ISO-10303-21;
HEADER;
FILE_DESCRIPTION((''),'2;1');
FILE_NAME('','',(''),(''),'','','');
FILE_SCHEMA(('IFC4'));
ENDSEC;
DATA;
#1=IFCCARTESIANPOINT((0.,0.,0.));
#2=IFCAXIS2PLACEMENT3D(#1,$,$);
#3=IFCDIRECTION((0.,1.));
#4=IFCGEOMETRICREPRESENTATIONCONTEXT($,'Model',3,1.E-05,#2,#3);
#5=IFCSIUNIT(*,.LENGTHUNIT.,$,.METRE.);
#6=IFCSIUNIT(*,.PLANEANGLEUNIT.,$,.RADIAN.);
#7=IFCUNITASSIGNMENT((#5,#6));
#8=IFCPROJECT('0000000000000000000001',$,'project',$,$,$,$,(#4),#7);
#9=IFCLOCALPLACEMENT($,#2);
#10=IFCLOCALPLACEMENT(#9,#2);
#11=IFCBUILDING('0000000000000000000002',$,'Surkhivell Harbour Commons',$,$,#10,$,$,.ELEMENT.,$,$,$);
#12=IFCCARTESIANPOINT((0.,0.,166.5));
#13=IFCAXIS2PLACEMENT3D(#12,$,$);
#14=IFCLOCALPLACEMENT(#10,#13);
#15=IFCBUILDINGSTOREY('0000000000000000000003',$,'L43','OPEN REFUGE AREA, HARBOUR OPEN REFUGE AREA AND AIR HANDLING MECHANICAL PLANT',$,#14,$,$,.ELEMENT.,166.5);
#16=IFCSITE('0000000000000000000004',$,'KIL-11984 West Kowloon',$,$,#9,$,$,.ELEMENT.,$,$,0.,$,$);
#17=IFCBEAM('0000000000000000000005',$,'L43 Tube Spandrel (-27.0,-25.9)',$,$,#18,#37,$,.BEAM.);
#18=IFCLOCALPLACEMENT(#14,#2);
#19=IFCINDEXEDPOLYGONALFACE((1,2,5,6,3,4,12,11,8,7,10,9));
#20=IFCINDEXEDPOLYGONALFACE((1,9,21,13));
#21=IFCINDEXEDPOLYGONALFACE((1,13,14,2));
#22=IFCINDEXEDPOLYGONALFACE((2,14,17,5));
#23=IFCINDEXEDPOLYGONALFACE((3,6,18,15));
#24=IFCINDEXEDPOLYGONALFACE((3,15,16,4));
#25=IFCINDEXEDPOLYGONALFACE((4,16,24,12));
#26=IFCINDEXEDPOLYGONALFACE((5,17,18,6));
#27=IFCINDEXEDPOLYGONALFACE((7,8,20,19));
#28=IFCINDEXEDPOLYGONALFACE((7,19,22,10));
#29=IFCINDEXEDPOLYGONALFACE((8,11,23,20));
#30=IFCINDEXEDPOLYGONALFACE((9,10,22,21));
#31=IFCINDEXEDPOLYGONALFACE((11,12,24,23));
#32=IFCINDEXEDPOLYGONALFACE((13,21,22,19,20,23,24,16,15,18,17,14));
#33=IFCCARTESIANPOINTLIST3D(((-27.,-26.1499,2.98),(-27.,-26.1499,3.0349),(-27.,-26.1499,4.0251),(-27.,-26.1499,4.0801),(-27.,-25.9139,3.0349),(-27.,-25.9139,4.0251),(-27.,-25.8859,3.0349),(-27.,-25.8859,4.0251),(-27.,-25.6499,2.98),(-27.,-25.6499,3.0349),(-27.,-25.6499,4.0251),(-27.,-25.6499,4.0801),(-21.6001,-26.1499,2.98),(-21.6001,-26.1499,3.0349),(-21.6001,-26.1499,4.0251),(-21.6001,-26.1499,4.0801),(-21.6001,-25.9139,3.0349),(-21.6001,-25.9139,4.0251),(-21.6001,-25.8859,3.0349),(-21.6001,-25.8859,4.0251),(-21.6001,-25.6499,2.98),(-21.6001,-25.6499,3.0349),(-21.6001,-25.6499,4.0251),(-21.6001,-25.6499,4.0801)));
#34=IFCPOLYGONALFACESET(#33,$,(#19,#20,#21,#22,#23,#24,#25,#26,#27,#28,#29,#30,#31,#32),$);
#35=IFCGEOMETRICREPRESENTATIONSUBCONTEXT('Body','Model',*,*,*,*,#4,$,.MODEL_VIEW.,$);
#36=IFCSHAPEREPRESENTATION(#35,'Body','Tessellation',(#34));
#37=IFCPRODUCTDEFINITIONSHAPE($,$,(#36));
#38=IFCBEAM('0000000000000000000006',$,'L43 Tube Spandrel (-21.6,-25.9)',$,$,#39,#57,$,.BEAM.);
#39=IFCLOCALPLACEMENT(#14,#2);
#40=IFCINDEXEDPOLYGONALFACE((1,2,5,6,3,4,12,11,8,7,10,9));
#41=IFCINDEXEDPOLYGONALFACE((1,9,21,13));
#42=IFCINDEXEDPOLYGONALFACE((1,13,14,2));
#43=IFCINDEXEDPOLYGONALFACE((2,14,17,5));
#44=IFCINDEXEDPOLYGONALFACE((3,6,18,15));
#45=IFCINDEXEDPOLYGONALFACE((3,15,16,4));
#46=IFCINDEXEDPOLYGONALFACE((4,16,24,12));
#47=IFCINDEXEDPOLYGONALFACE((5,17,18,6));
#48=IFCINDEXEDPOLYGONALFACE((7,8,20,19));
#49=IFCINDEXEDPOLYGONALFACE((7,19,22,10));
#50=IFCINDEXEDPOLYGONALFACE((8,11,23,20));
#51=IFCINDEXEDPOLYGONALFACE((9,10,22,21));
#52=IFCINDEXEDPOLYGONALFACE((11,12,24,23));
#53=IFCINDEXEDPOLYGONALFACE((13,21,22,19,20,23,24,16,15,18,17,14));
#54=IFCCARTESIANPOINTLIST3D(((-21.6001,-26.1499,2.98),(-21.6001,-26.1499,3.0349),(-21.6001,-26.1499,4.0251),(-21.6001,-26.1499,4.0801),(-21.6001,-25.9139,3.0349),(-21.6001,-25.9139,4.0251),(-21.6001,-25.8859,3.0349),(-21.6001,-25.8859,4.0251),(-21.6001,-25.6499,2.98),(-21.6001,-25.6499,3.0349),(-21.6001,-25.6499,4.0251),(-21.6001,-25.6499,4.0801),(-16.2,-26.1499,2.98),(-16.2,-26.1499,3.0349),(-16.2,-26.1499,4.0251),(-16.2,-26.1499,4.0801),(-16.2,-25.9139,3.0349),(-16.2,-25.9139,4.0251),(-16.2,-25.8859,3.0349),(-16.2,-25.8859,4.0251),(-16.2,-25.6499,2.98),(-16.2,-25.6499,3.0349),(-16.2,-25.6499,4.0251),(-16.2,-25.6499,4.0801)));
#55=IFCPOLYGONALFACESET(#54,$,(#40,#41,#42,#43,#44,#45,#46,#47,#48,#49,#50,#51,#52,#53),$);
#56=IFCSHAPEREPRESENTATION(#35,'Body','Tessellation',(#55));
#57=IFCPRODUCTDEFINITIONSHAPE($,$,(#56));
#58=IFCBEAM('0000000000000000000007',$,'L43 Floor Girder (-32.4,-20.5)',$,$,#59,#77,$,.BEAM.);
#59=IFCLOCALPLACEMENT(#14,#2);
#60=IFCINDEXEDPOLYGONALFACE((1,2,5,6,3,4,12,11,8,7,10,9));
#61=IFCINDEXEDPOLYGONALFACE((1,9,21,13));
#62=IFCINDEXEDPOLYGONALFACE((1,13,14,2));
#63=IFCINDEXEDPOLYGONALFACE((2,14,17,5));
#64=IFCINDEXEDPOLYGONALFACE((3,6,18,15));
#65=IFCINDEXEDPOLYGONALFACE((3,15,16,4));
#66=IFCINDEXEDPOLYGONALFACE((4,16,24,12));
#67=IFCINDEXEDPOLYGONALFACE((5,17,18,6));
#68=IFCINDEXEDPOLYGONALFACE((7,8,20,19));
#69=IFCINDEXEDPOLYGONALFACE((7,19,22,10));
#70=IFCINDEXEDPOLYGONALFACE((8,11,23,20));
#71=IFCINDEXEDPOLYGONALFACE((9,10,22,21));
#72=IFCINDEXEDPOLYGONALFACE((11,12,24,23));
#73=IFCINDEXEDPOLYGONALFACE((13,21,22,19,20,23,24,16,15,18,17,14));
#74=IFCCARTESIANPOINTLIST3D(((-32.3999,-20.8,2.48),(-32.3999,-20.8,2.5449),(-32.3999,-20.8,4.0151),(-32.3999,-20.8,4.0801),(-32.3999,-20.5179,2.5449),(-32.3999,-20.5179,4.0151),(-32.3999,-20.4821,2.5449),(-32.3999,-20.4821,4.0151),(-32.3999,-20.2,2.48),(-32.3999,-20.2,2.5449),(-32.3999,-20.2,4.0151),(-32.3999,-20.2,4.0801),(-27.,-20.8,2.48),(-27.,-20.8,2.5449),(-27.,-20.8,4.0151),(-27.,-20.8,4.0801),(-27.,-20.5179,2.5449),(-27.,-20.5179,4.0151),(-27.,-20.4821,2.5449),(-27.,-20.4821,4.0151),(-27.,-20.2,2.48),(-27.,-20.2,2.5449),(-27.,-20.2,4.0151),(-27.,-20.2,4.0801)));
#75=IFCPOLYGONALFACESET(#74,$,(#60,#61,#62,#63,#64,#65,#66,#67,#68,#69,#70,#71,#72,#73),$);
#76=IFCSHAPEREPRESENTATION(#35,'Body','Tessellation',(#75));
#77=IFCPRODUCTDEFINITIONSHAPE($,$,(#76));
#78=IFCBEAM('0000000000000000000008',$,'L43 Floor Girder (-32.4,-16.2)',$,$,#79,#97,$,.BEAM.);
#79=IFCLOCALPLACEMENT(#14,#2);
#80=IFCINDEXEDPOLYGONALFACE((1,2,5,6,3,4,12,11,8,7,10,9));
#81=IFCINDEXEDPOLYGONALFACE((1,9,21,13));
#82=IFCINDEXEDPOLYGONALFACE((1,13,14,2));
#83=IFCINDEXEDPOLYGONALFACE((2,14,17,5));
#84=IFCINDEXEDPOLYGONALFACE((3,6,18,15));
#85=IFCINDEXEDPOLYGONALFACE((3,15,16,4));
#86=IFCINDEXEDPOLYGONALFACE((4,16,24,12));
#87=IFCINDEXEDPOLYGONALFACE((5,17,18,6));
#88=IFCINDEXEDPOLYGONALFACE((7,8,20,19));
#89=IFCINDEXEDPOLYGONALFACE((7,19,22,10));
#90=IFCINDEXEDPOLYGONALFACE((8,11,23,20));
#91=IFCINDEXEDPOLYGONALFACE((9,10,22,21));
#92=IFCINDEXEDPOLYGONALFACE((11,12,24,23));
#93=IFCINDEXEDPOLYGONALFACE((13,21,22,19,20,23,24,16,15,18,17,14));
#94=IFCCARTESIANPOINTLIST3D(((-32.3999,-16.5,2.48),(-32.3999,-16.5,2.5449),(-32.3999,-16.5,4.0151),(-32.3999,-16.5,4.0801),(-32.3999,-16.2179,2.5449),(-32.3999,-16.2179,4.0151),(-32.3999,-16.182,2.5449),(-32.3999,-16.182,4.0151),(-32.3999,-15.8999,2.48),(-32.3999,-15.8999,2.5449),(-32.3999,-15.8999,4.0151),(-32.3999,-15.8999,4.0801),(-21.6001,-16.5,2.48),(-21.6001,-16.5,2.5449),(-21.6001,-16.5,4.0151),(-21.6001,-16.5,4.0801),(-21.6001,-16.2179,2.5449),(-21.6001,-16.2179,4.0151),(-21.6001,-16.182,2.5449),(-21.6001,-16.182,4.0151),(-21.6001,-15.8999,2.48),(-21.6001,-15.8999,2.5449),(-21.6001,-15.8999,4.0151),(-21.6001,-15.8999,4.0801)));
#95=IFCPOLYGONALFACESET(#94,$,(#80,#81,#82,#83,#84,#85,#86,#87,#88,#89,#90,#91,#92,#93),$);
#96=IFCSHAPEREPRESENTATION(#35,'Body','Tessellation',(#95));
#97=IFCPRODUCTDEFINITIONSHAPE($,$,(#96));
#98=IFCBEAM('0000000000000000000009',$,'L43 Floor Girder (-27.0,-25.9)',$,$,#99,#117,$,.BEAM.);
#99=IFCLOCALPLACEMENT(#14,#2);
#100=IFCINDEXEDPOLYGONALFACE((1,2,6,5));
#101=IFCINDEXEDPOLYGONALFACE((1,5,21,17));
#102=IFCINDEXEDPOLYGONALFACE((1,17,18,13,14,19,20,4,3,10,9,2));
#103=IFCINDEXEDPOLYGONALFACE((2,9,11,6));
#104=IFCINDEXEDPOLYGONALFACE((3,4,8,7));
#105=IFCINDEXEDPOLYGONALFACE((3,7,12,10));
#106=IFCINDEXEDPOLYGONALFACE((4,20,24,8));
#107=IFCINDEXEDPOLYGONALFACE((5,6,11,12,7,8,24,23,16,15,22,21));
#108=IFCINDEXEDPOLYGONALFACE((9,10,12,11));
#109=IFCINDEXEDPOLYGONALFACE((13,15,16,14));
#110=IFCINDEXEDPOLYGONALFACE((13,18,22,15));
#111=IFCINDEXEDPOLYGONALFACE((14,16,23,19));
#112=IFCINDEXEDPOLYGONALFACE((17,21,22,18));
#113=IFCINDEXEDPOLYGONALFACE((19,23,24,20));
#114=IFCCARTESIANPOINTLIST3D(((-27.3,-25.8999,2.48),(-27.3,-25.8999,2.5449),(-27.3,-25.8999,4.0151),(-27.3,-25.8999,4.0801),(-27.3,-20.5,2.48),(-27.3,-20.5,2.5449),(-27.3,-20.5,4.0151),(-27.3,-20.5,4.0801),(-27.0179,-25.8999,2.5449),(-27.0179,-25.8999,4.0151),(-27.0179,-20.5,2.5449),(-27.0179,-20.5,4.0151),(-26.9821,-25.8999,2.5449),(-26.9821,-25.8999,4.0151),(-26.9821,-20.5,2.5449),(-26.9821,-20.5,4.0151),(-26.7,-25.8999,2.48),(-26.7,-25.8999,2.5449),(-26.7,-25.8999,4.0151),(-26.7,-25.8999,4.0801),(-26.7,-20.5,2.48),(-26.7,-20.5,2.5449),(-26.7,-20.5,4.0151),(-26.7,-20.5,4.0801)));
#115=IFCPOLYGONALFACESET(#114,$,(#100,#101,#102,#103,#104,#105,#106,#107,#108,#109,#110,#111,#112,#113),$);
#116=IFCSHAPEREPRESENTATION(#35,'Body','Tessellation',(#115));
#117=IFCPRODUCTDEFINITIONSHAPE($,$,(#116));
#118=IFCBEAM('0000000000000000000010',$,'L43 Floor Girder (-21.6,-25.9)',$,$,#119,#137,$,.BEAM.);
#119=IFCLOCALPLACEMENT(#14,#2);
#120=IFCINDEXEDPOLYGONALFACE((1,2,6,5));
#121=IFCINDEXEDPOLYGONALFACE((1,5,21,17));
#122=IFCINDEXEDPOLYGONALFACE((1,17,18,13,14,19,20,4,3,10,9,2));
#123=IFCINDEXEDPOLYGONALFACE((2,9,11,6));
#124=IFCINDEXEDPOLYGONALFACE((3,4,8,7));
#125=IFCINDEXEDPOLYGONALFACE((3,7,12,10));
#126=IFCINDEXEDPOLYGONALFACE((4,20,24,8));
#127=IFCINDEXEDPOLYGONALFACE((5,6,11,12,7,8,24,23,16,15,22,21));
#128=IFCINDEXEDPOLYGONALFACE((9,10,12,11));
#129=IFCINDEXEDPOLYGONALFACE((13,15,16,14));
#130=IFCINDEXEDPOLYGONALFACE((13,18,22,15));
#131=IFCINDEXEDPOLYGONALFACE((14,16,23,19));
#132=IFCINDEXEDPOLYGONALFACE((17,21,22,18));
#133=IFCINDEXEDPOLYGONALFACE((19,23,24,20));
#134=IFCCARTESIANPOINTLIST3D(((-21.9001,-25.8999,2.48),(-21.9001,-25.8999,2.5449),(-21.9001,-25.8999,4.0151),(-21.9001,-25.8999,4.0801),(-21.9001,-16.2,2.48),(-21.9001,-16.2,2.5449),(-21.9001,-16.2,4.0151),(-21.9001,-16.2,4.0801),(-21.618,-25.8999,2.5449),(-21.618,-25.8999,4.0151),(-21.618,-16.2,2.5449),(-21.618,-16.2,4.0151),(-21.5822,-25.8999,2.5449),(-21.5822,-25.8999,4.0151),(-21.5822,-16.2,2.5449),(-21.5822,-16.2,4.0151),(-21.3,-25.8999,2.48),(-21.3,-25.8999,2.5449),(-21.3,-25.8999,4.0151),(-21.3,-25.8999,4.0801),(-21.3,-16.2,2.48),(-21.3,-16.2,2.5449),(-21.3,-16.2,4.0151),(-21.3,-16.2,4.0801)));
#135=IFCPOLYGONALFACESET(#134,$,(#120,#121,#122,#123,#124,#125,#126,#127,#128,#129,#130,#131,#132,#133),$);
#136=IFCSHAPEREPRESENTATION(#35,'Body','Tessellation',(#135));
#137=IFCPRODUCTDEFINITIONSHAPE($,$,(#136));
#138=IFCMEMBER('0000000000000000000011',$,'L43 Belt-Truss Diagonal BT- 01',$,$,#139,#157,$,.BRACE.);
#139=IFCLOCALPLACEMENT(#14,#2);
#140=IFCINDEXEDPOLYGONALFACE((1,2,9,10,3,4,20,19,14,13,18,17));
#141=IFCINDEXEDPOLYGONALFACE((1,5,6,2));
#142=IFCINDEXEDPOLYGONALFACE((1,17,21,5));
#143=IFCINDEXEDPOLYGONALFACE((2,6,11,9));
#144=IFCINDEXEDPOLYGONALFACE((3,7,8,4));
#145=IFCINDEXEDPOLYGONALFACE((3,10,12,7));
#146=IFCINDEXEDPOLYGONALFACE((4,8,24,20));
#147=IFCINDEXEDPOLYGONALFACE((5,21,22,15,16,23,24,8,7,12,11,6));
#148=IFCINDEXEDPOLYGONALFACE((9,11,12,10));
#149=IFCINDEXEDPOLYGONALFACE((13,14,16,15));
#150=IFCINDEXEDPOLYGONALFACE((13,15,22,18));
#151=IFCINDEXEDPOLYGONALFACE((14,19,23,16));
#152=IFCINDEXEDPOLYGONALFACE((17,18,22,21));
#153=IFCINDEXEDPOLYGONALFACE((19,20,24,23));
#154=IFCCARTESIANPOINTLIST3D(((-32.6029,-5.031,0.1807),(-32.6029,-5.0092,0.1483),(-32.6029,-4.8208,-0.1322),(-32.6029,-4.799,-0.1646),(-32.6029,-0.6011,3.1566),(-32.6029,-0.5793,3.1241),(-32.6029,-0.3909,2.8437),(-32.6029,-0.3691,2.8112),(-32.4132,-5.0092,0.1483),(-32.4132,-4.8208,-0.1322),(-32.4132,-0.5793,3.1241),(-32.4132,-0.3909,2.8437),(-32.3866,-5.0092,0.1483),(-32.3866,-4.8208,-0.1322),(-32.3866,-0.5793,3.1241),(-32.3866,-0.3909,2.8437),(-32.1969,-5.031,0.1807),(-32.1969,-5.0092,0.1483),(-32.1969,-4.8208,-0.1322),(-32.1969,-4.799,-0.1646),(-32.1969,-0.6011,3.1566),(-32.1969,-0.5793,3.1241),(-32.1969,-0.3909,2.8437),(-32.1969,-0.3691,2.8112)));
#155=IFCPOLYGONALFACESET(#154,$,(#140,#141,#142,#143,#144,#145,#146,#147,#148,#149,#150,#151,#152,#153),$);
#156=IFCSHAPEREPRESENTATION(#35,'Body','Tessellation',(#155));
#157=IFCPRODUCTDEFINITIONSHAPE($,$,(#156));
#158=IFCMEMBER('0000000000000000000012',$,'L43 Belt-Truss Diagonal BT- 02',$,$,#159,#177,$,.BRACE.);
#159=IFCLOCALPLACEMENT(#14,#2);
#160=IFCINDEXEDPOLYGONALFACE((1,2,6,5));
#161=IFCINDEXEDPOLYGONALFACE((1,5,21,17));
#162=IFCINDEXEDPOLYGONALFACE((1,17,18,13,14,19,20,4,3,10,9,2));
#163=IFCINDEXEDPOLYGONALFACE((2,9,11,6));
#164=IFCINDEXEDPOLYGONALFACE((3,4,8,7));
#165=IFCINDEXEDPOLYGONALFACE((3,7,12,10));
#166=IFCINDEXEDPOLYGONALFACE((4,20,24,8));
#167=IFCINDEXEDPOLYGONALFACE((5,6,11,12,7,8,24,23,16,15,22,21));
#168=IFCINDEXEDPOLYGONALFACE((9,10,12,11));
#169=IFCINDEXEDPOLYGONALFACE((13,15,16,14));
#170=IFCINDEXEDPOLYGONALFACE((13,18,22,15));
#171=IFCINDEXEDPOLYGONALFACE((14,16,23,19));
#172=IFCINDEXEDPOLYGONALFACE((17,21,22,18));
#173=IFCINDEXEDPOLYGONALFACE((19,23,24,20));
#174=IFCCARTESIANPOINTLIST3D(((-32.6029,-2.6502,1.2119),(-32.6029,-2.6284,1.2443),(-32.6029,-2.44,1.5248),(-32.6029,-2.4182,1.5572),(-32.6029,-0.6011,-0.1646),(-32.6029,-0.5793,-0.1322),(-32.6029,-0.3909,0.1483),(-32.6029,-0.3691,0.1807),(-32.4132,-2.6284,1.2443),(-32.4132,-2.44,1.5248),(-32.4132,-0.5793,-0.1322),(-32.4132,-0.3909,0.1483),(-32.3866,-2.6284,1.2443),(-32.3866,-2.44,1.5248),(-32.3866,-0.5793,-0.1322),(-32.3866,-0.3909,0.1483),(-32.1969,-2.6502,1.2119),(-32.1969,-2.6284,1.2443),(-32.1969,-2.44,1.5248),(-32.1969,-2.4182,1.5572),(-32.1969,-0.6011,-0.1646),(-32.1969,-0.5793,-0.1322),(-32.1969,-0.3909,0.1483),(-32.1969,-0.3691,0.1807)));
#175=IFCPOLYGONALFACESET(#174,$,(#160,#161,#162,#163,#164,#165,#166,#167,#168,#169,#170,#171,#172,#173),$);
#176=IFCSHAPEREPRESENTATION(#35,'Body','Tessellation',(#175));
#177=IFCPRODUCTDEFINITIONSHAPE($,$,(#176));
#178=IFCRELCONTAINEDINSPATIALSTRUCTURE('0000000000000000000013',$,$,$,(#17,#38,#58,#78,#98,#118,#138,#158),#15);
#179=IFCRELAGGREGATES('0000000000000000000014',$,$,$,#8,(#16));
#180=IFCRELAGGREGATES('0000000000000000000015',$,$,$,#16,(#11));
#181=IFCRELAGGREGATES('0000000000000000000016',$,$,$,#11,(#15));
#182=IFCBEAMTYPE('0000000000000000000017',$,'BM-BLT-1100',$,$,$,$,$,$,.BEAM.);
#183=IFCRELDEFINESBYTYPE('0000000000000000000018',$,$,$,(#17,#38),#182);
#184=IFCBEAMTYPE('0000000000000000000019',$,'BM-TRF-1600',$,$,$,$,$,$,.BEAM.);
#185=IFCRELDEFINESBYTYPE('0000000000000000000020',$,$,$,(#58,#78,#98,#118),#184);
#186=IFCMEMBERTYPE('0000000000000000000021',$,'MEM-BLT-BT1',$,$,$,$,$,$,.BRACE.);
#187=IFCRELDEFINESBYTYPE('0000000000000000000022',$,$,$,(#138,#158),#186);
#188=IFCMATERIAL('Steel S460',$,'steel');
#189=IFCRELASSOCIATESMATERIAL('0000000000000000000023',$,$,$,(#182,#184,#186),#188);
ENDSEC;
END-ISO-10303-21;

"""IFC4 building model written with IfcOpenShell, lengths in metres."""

from ifc_helpers import new_model, si_unit, direction, frame, origin, origin_2d, place, context, subcontext, project, spatial, i_section, extrude, material, material_profile, profile_set, type_object, element, save


model = new_model("IFC4")

# Units and contexts
model_context = context("Model", 3, precision=1e-05, world=origin(), true_north=direction((0.0, 1.0)))
body_context = subcontext(model_context, "Body", "Model", "MODEL_VIEW")
ifc_project = project(units=[si_unit("LENGTHUNIT", "METRE"), si_unit("PLANEANGLEUNIT", "RADIAN")], contexts=[model_context])

# Site, building, storey
site_placement = place(None, origin())
site = spatial("IfcSite", under=ifc_project, at=site_placement, Name="KIL-11984 West Kowloon", CompositionType="ELEMENT", RefElevation=0.0)
building_placement = place(site_placement, origin())
building = spatial("IfcBuilding", under=site, at=building_placement, Name="Surkhivell Harbour Commons", CompositionType="ELEMENT")
storey_placement = place(building_placement, frame((0.0, 0.0, 166.5)))
storey = spatial("IfcBuildingStorey", under=building, at=storey_placement, Name="L43", Description="OPEN REFUGE AREA, HARBOUR OPEN REFUGE AREA AND AIR HANDLING MECHANICAL PLANT", CompositionType="ELEMENT", Elevation=166.5)

# Beams
ifc_material_1 = material(Name="Steel S460", Category="steel")
ifc_material_profile_1 = material_profile(ifc_material_1, i_section(OverallWidth=0.5, OverallDepth=1.1001, WebThickness=0.0281, FlangeThickness=0.0549, at=origin_2d()), Name="WPG1100x500x210")
ifc_profile_set_1 = profile_set([ifc_material_profile_1], Name="Steel S460")
beam_type_1 = type_object("IfcBeamType", Name="BM-BLT-1100", PredefinedType="BEAM", material=ifc_profile_set_1)
for number, where, z_axis, x_axis, name in (
    (1, (-27.0, -25.8999, 3.53), (1.0, 0.0, 0.0), (0.0, 1.0, 0.0), "L43 Tube Spandrel (-27.0,-25.9)"),
):
    element("IfcBeam", number, at=place(storey_placement, frame(where, z_axis=z_axis, x_axis=x_axis)), inside=storey, type_object=beam_type_1, Name=name, PredefinedType="BEAM", context=body_context, shape_type="SweptSolid", body=[
        extrude(i_section(OverallWidth=0.5, OverallDepth=1.1001, WebThickness=0.0281, FlangeThickness=0.0549, at=origin_2d()), origin(), (0.0, 0.0, 1.0), 5.3999),
    ])
beam_1_placement = place(storey_placement, frame((-21.6001, -25.8999, 3.53), z_axis=(1.0, 0.0, 0.0), x_axis=(0.0, 1.0, 0.0)))
element("IfcBeam", 2, at=beam_1_placement, inside=storey, type_object=beam_type_1, Name="L43 Tube Spandrel (-21.6,-25.9)", PredefinedType="BEAM", context=body_context, shape_type="SweptSolid", body=[
    extrude(i_section(OverallWidth=0.5, OverallDepth=1.1001, WebThickness=0.0281, FlangeThickness=0.0549, at=origin_2d()), origin(), (0.0, 0.0, 1.0), 5.4001),
])
ifc_material_profile_2 = material_profile(ifc_material_1, i_section(OverallWidth=0.6001, OverallDepth=1.6001, WebThickness=0.0359, FlangeThickness=0.0649, at=origin_2d()), Name="WPG1600x600x296")
ifc_profile_set_2 = profile_set([ifc_material_profile_2], Name="Steel S460")
beam_type_2 = type_object("IfcBeamType", Name="BM-TRF-1600", PredefinedType="BEAM", material=ifc_profile_set_2)
beam_2_placement = place(storey_placement, frame((-32.3999, -20.5, 3.28), z_axis=(1.0, 0.0, 0.0), x_axis=(0.0, 1.0, 0.0)))
element("IfcBeam", 3, at=beam_2_placement, inside=storey, type_object=beam_type_2, Name="L43 Floor Girder (-32.4,-20.5)", PredefinedType="BEAM", context=body_context, shape_type="SweptSolid", body=[
    extrude(i_section(OverallWidth=0.6001, OverallDepth=1.6001, WebThickness=0.0359, FlangeThickness=0.0649, at=origin_2d()), origin(), (0.0, 0.0, 1.0), 5.3999),
])
beam_3_placement = place(storey_placement, frame((-32.3999, -16.2, 3.28), z_axis=(1.0, 0.0, 0.0), x_axis=(0.0, 1.0, 0.0)))
element("IfcBeam", 4, at=beam_3_placement, inside=storey, type_object=beam_type_2, Name="L43 Floor Girder (-32.4,-16.2)", PredefinedType="BEAM", context=body_context, shape_type="SweptSolid", body=[
    extrude(i_section(OverallWidth=0.6001, OverallDepth=1.6001, WebThickness=0.0359, FlangeThickness=0.0649, at=origin_2d()), origin(), (0.0, 0.0, 1.0), 10.7998),
])
beam_4_placement = place(storey_placement, frame((-27.0, -25.8999, 3.28), z_axis=(0.0, 1.0, 0.0), x_axis=(-1.0, 0.0, 0.0)))
element("IfcBeam", 5, at=beam_4_placement, inside=storey, type_object=beam_type_2, Name="L43 Floor Girder (-27.0,-25.9)", PredefinedType="BEAM", context=body_context, shape_type="SweptSolid", body=[
    extrude(i_section(OverallWidth=0.6001, OverallDepth=1.6001, WebThickness=0.0359, FlangeThickness=0.0649, at=origin_2d()), origin(), (0.0, 0.0, 1.0), 5.3999),
])
beam_5_placement = place(storey_placement, frame((-21.6001, -25.8999, 3.28), z_axis=(0.0, 1.0, 0.0), x_axis=(-1.0, 0.0, 0.0)))
element("IfcBeam", 6, at=beam_5_placement, inside=storey, type_object=beam_type_2, Name="L43 Floor Girder (-21.6,-25.9)", PredefinedType="BEAM", context=body_context, shape_type="SweptSolid", body=[
    extrude(i_section(OverallWidth=0.6001, OverallDepth=1.6001, WebThickness=0.0359, FlangeThickness=0.0649, at=origin_2d()), origin(), (0.0, 0.0, 1.0), 9.7),
])

# Members
ifc_material_profile_3 = material_profile(ifc_material_1, i_section(OverallWidth=0.406, OverallDepth=0.416, WebThickness=0.0266, FlangeThickness=0.0391, at=origin_2d()), Name="HD400x382")
ifc_profile_set_3 = profile_set([ifc_material_profile_3], Name="Steel S460")
member_type = type_object("IfcMemberType", Name="MEM-BLT-BT1", PredefinedType="BRACE", material=ifc_profile_set_3)
member_1_placement = place(storey_placement, frame((-32.3999, -4.915, 0.0081), z_axis=(0.0, 0.830096, 0.557621), x_axis=(-1.0, 0.0, 0.0)))
element("IfcMember", 7, at=member_1_placement, inside=storey, type_object=member_type, Name="L43 Belt-Truss Diagonal BT- 01", PredefinedType="BRACE", context=body_context, shape_type="SweptSolid", body=[
    extrude(i_section(OverallWidth=0.406, OverallDepth=0.416, WebThickness=0.0266, FlangeThickness=0.0391, at=origin_2d()), origin(), (0.0, 0.0, 1.0), 5.3367),
])
member_2_placement = place(storey_placement, frame((-32.3999, -0.4851, 0.0081), z_axis=(0.0, -0.830098, 0.557618), x_axis=(1.0, 0.0, 0.0)))
element("IfcMember", 8, at=member_2_placement, inside=storey, type_object=member_type, Name="L43 Belt-Truss Diagonal BT- 02", PredefinedType="BRACE", context=body_context, shape_type="SweptSolid", body=[
    extrude(i_section(OverallWidth=0.406, OverallDepth=0.416, WebThickness=0.0266, FlangeThickness=0.0391, at=origin_2d()), origin(), (0.0, 0.0, 1.0), 2.4685),
])

save(model, "model.ifc")
